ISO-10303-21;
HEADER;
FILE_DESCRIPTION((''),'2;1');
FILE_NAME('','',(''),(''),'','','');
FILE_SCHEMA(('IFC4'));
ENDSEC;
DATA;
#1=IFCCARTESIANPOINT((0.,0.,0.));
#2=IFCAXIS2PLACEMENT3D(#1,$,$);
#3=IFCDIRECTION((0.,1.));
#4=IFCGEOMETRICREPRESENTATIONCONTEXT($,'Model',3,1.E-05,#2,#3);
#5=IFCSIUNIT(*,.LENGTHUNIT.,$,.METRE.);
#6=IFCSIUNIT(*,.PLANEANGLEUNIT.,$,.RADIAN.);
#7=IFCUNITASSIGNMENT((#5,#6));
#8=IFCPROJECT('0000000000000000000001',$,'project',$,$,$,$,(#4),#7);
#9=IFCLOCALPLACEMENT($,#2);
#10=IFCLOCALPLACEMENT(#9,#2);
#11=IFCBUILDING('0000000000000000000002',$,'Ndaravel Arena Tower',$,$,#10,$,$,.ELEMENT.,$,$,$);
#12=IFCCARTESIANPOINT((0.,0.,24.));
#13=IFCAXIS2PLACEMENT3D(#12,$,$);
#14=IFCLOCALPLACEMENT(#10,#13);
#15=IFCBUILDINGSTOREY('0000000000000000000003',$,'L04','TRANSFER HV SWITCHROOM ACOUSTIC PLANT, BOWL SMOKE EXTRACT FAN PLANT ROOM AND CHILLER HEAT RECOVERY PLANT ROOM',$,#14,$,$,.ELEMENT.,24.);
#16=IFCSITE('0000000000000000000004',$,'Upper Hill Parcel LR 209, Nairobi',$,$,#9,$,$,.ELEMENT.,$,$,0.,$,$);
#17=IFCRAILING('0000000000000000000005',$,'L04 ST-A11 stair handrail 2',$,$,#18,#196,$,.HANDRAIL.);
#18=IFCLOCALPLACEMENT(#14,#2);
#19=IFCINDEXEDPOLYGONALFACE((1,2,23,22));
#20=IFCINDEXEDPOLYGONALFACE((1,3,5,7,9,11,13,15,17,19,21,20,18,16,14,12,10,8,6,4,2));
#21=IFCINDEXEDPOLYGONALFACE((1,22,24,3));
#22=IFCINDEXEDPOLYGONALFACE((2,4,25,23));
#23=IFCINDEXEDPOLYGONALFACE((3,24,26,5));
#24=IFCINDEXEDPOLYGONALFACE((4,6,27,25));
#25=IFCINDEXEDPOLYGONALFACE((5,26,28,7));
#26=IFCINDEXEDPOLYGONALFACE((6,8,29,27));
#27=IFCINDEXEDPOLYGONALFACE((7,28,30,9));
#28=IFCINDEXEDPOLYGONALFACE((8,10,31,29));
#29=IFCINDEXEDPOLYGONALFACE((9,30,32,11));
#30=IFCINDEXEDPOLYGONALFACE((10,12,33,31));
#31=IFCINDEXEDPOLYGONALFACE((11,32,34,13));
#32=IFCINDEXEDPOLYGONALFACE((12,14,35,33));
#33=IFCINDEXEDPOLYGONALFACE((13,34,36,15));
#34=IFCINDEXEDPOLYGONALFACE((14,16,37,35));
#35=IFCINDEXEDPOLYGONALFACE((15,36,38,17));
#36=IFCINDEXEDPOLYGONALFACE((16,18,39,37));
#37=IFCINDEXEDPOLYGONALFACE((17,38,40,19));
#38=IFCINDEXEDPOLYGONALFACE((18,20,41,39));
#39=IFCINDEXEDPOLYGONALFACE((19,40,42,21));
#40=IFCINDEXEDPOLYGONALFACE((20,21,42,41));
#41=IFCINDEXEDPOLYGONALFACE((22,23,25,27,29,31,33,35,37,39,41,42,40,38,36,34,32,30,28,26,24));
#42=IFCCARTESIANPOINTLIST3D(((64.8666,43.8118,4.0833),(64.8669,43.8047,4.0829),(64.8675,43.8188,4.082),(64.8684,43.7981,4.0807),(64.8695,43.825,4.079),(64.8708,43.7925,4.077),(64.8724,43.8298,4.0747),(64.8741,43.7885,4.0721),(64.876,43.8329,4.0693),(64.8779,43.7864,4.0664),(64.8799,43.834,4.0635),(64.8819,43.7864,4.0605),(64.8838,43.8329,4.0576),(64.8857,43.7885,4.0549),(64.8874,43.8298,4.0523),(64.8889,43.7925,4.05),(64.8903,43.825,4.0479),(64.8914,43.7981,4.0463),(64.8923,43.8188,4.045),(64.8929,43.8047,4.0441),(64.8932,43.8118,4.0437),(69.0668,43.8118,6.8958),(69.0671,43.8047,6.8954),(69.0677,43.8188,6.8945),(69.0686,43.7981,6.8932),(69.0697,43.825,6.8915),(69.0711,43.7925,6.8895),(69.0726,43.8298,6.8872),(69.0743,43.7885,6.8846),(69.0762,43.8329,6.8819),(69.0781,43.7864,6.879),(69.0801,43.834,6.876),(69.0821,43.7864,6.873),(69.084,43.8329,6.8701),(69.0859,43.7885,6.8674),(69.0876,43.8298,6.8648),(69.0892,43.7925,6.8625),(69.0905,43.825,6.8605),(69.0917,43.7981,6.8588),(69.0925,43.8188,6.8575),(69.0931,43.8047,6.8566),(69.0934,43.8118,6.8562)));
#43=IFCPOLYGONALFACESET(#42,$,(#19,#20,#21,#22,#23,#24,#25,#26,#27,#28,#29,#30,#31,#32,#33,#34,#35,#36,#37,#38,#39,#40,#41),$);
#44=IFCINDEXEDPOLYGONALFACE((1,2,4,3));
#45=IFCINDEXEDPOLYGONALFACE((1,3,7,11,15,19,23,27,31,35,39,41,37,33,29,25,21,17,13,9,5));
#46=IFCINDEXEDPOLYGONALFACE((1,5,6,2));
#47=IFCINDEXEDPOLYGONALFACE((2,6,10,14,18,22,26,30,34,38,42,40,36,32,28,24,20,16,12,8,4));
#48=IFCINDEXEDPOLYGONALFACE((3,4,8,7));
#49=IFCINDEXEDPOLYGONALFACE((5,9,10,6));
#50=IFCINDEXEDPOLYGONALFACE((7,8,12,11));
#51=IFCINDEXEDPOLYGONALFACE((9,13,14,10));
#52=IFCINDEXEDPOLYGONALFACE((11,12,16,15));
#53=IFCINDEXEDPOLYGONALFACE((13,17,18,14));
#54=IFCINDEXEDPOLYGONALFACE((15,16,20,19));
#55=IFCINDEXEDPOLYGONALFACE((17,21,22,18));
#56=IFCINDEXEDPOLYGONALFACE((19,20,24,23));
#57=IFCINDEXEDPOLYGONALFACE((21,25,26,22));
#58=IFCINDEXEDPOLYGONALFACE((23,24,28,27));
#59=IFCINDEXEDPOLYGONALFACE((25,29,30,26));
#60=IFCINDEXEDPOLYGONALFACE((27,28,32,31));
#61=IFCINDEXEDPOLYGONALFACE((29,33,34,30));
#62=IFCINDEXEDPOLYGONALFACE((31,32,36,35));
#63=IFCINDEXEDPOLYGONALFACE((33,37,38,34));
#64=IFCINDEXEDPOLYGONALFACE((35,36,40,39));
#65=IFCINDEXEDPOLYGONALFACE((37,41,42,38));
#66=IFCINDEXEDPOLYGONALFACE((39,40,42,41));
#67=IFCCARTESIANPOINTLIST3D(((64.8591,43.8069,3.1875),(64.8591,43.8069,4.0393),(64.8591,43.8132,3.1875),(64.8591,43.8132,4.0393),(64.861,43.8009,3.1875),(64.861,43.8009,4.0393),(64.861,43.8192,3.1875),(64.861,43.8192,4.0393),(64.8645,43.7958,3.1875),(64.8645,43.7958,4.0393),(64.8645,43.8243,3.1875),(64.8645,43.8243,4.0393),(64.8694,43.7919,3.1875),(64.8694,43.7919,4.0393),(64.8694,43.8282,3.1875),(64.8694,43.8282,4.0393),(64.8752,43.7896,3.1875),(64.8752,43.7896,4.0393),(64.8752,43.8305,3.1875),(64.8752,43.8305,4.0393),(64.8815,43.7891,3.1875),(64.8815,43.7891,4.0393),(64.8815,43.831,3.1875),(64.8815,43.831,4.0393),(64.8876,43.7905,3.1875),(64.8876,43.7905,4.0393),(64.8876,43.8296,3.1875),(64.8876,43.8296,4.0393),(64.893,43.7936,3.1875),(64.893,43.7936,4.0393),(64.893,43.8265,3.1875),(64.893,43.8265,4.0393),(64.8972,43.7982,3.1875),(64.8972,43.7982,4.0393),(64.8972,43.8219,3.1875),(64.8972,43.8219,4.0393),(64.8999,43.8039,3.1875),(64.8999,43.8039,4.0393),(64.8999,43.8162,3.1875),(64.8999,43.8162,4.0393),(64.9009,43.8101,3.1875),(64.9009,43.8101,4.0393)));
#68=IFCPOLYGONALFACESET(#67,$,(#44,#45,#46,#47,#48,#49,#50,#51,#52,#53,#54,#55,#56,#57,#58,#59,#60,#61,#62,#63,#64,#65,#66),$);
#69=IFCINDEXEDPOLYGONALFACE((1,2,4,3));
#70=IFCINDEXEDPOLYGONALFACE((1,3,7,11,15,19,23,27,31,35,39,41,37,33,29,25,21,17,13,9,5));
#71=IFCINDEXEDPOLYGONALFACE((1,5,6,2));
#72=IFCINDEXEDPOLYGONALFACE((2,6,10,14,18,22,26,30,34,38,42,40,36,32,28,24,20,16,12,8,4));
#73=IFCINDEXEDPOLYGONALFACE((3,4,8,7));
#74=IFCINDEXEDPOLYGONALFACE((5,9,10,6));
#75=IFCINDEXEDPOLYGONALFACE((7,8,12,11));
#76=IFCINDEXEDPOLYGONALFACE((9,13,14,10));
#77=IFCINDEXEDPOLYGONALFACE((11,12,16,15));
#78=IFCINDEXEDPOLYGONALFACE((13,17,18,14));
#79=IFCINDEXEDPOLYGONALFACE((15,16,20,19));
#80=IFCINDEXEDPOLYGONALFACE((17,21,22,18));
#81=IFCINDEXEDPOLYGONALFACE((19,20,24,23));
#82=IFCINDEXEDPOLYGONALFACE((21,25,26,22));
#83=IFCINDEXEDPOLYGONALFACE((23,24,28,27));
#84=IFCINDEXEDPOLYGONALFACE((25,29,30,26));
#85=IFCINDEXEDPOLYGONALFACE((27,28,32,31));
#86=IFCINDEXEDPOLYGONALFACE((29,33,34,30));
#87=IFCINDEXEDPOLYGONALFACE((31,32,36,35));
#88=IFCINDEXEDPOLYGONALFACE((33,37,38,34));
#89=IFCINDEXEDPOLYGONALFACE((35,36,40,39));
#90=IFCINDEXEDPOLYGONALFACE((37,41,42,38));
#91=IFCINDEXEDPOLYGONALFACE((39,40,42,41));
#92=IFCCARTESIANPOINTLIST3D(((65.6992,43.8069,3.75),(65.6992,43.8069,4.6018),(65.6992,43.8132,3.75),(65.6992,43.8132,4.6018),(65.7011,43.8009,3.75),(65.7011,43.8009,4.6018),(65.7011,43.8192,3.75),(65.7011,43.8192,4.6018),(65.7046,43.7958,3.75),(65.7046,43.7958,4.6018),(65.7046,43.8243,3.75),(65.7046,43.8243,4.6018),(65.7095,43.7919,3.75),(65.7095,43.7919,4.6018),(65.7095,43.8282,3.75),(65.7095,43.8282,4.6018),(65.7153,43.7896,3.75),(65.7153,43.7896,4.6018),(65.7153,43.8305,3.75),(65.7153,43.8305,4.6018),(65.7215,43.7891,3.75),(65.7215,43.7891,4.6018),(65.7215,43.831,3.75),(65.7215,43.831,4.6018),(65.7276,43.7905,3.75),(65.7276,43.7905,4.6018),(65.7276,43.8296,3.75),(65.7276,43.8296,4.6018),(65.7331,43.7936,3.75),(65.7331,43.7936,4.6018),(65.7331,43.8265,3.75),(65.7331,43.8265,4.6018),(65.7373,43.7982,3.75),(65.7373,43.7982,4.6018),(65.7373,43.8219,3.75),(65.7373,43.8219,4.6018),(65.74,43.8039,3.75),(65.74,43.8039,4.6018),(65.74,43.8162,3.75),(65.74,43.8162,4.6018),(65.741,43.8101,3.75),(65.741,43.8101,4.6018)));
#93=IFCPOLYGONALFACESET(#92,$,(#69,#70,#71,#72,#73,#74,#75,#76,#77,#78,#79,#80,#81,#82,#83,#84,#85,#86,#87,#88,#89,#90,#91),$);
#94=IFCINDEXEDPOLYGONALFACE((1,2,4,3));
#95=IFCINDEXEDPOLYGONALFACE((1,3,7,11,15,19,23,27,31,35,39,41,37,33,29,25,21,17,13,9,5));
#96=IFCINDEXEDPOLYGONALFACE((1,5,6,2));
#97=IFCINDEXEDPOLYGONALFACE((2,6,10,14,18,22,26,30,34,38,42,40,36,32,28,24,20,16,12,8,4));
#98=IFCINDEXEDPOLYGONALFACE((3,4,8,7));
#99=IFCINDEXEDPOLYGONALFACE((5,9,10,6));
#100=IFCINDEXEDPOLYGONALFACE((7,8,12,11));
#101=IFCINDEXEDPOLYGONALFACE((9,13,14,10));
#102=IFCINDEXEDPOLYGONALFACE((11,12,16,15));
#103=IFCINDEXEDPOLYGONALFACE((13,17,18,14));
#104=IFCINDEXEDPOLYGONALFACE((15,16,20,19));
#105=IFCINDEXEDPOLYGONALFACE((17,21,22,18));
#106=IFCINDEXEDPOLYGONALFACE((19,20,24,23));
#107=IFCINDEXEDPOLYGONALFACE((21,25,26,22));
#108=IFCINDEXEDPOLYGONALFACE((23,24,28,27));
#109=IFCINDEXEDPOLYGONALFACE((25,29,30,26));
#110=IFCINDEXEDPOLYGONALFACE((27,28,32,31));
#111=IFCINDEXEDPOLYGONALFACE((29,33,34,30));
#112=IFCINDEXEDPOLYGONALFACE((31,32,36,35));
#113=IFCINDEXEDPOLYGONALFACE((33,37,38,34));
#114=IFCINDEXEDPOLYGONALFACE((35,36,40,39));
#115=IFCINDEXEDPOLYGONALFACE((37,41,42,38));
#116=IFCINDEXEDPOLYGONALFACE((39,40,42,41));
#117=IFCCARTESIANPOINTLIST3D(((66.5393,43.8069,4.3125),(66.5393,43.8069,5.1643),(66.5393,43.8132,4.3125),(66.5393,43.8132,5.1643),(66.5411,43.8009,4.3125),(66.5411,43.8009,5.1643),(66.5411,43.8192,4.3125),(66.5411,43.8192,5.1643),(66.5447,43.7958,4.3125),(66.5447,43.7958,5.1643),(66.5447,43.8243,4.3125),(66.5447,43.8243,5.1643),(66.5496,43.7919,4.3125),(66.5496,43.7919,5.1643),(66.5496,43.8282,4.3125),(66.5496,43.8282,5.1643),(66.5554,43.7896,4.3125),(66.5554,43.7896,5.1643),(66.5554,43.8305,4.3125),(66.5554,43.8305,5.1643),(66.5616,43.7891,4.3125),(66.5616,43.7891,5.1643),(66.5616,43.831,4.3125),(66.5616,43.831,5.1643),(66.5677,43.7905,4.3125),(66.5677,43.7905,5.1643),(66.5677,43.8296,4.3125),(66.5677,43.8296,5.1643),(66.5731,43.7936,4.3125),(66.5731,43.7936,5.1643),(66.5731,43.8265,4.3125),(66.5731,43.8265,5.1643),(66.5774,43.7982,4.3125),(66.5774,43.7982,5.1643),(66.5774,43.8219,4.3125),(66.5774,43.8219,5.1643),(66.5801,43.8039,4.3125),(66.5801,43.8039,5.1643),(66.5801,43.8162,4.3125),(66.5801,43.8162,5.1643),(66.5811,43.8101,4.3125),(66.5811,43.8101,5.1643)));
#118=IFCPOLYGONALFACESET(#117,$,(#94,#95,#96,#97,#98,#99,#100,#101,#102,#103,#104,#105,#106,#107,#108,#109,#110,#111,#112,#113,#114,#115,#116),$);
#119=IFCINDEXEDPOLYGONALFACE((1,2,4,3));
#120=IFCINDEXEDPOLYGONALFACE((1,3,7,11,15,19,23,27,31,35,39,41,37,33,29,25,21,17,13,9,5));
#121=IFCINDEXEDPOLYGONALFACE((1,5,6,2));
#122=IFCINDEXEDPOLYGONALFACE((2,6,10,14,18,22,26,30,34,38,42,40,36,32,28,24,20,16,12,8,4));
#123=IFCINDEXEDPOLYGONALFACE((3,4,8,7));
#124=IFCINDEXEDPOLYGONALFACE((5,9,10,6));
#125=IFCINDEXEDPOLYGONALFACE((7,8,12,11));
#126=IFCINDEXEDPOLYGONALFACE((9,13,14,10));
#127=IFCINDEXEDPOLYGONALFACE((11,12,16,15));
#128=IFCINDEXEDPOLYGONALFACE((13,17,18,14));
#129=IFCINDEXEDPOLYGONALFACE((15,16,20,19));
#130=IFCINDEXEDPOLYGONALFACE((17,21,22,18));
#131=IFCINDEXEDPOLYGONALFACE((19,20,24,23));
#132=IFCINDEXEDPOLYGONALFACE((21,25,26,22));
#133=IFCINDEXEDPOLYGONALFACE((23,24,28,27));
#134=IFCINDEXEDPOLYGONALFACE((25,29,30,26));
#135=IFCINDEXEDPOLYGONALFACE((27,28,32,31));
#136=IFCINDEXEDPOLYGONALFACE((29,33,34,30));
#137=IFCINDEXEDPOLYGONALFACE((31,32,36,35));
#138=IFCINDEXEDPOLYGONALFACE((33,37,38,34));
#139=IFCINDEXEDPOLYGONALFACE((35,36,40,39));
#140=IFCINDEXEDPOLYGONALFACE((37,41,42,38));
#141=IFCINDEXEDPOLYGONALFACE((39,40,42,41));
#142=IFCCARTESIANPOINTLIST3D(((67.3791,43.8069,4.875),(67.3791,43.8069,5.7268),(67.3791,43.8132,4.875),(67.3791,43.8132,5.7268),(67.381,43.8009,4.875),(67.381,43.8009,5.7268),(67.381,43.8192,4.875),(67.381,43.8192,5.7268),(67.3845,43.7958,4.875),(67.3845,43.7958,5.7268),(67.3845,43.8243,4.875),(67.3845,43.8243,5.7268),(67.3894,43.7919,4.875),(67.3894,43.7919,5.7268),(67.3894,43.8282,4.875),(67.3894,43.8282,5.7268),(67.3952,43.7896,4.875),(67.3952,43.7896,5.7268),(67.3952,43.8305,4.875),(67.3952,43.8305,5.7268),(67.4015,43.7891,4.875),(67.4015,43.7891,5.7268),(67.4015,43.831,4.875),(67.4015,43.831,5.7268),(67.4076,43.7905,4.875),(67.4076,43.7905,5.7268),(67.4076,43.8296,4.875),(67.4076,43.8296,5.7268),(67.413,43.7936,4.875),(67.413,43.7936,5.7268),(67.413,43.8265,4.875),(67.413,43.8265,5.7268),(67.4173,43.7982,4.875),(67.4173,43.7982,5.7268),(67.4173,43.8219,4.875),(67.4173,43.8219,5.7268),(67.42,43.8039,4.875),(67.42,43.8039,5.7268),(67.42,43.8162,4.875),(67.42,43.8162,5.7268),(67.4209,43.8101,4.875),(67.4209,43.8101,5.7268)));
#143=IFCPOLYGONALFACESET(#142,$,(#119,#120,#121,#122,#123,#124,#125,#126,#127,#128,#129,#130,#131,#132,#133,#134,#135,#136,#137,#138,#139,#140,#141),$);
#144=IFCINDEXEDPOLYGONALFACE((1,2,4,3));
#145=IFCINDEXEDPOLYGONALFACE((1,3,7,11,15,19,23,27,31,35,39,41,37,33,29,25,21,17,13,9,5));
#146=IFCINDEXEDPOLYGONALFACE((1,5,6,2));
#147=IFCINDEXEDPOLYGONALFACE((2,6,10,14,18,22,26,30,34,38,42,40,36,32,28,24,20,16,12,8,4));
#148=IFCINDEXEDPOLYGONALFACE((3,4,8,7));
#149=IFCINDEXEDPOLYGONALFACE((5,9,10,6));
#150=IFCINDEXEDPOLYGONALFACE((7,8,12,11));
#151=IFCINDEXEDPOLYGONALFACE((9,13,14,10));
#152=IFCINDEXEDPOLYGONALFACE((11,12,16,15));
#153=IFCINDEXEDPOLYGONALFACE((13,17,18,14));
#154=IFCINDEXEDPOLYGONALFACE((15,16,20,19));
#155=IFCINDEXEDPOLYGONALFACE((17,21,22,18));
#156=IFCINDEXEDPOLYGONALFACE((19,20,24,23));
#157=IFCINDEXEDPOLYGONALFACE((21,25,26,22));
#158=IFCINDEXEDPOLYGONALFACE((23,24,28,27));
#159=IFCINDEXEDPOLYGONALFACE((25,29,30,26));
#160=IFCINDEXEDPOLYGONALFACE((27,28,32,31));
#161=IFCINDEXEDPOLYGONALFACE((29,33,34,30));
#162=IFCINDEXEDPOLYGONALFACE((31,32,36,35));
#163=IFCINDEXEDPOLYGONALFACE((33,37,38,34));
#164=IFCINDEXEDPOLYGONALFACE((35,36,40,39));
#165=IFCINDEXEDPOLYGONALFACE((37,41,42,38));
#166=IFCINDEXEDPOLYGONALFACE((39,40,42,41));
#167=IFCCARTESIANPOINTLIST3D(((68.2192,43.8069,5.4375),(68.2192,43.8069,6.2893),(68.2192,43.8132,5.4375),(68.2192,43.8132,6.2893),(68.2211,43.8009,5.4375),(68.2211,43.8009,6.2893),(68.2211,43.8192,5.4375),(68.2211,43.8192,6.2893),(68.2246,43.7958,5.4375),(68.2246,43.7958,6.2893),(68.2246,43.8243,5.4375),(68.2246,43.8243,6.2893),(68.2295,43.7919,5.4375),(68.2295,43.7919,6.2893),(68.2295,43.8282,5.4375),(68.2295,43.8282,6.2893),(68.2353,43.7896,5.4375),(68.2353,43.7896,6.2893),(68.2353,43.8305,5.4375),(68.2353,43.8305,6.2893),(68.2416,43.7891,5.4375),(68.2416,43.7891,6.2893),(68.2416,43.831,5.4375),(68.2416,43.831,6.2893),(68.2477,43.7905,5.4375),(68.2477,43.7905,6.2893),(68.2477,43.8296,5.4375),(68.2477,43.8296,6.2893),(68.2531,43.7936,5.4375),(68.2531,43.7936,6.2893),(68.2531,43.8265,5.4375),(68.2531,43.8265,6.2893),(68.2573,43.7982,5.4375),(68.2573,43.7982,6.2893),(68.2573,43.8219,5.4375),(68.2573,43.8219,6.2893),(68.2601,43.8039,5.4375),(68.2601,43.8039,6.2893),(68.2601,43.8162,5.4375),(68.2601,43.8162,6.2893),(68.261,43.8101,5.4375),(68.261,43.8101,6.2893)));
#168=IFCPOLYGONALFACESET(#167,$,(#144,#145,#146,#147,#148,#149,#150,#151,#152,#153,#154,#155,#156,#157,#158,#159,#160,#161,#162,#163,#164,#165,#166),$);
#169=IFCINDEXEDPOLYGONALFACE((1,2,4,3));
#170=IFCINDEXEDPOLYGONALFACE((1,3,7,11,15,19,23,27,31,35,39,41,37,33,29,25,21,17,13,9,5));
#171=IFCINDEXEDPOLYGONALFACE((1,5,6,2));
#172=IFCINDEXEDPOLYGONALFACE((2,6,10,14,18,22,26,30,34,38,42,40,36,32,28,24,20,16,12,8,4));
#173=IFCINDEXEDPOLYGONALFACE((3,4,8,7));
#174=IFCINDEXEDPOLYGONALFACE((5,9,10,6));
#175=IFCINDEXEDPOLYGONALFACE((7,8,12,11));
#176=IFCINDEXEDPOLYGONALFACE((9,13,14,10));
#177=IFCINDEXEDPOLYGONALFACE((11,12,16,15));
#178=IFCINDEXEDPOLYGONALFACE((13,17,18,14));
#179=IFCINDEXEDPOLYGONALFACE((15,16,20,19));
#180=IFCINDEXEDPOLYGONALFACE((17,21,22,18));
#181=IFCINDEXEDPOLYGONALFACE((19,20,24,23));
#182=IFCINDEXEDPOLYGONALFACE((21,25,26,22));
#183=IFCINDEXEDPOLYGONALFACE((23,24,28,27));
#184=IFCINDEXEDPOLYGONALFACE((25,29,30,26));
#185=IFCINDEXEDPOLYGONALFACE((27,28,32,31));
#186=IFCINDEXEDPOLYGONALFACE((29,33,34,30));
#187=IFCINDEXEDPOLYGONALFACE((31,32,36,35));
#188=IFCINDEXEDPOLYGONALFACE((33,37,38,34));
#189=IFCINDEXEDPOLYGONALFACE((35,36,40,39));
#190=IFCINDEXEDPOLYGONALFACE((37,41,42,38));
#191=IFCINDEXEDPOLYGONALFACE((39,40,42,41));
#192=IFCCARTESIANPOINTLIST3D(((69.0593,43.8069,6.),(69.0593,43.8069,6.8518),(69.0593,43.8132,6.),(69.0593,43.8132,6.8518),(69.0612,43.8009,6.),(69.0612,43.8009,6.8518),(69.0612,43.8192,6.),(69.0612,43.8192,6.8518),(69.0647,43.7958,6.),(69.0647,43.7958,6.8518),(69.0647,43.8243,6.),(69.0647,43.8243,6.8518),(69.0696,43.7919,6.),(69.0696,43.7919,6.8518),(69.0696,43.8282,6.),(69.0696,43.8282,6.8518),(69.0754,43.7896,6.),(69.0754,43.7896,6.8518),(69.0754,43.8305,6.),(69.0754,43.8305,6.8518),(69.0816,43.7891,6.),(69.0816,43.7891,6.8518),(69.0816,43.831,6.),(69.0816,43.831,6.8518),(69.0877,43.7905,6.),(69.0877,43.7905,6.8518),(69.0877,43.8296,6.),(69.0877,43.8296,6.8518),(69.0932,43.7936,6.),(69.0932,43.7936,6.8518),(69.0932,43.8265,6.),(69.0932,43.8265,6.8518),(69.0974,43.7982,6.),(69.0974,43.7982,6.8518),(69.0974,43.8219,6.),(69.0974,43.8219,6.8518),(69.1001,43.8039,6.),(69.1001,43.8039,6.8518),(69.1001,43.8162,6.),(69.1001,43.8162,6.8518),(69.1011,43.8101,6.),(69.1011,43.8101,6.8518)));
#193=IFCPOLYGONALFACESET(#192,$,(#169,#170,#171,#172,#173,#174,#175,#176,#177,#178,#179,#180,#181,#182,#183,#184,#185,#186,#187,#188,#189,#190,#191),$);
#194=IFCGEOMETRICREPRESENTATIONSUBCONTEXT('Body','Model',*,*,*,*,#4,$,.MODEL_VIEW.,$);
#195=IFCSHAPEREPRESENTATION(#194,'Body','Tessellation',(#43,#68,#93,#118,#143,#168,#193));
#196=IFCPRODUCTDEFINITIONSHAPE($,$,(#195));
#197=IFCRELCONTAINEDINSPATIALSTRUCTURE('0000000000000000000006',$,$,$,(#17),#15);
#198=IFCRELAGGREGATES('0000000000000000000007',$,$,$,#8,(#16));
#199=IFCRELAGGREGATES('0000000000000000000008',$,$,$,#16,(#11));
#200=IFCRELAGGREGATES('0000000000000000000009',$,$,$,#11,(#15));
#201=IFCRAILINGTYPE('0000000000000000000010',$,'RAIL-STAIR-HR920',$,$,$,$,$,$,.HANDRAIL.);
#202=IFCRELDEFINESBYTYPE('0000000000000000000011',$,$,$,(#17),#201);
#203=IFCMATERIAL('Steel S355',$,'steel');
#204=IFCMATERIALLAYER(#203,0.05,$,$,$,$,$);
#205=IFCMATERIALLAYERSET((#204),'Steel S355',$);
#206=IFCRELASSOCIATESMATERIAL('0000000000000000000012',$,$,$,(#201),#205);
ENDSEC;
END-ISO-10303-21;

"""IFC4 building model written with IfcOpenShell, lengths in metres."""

from ifc_helpers import new_model, si_unit, direction, frame, origin, origin_2d, place, context, subcontext, project, spatial, circle, extrude, material, layer, layer_set, type_object, element, save


model = new_model("IFC4")

# Units and contexts
model_context = context("Model", 3, precision=1e-05, world=origin(), true_north=direction((0.0, 1.0)))
body_context = subcontext(model_context, "Body", "Model", "MODEL_VIEW")
ifc_project = project(units=[si_unit("LENGTHUNIT", "METRE"), si_unit("PLANEANGLEUNIT", "RADIAN")], contexts=[model_context])

# Site, building, storey
site_placement = place(None, origin())
site = spatial("IfcSite", under=ifc_project, at=site_placement, Name="Upper Hill Parcel LR 209, Nairobi", CompositionType="ELEMENT", RefElevation=0.0)
building_placement = place(site_placement, origin())
building = spatial("IfcBuilding", under=site, at=building_placement, Name="Ndaravel Arena Tower", CompositionType="ELEMENT")
storey_placement = place(building_placement, frame((0.0, 0.0, 24.0)))
storey = spatial("IfcBuildingStorey", under=building, at=storey_placement, Name="L04", Description="TRANSFER HV SWITCHROOM ACOUSTIC PLANT, BOWL SMOKE EXTRACT FAN PLANT ROOM AND CHILLER HEAT RECOVERY PLANT ROOM", CompositionType="ELEMENT", Elevation=24.0)

# Railing
ifc_material_1 = material(Name="Steel S355", Category="steel")
ifc_layer_1 = layer(ifc_material_1, 0.05)
ifc_layer_set_1 = layer_set([ifc_layer_1], Name="Steel S355")
railing_type_1 = type_object("IfcRailingType", Name="RAIL-STAIR-HR920", PredefinedType="HANDRAIL", material=ifc_layer_set_1)
railing_1_placement = place(storey_placement, frame((64.8799, 43.8101, 3.1875)))
element("IfcRailing", 1, at=railing_1_placement, inside=storey, type_object=railing_type_1, Name="L04 ST-A11 stair handrail 2", PredefinedType="HANDRAIL", context=body_context, shape_type="SweptSolid", body=[
    extrude(circle(Radius=0.0239, at=origin_2d()), frame((0.0, 0.0, 0.876), z_axis=(0.830919, 0.0, 0.556393), x_axis=(0.0, 1.0, 0.0)), (0.0, 0.0, 1.0), 5.0549),
    extrude(circle(Radius=0.021, at=origin_2d()), origin(), (0.0, 0.0, 1.0), 0.8518),
    extrude(circle(Radius=0.021, at=origin_2d()), frame((0.8401, 0.0, 0.5625)), (0.0, 0.0, 1.0), 0.8518),
    extrude(circle(Radius=0.021, at=origin_2d()), frame((1.6802, 0.0, 1.125)), (0.0, 0.0, 1.0), 0.8518),
    extrude(circle(Radius=0.021, at=origin_2d()), frame((2.52, 0.0, 1.6875)), (0.0, 0.0, 1.0), 0.8518),
    extrude(circle(Radius=0.021, at=origin_2d()), frame((3.3601, 0.0, 2.25)), (0.0, 0.0, 1.0), 0.8518),
    extrude(circle(Radius=0.021, at=origin_2d()), frame((4.2002, 0.0, 2.8125)), (0.0, 0.0, 1.0), 0.8518),
])

save(model, "model.ifc")
